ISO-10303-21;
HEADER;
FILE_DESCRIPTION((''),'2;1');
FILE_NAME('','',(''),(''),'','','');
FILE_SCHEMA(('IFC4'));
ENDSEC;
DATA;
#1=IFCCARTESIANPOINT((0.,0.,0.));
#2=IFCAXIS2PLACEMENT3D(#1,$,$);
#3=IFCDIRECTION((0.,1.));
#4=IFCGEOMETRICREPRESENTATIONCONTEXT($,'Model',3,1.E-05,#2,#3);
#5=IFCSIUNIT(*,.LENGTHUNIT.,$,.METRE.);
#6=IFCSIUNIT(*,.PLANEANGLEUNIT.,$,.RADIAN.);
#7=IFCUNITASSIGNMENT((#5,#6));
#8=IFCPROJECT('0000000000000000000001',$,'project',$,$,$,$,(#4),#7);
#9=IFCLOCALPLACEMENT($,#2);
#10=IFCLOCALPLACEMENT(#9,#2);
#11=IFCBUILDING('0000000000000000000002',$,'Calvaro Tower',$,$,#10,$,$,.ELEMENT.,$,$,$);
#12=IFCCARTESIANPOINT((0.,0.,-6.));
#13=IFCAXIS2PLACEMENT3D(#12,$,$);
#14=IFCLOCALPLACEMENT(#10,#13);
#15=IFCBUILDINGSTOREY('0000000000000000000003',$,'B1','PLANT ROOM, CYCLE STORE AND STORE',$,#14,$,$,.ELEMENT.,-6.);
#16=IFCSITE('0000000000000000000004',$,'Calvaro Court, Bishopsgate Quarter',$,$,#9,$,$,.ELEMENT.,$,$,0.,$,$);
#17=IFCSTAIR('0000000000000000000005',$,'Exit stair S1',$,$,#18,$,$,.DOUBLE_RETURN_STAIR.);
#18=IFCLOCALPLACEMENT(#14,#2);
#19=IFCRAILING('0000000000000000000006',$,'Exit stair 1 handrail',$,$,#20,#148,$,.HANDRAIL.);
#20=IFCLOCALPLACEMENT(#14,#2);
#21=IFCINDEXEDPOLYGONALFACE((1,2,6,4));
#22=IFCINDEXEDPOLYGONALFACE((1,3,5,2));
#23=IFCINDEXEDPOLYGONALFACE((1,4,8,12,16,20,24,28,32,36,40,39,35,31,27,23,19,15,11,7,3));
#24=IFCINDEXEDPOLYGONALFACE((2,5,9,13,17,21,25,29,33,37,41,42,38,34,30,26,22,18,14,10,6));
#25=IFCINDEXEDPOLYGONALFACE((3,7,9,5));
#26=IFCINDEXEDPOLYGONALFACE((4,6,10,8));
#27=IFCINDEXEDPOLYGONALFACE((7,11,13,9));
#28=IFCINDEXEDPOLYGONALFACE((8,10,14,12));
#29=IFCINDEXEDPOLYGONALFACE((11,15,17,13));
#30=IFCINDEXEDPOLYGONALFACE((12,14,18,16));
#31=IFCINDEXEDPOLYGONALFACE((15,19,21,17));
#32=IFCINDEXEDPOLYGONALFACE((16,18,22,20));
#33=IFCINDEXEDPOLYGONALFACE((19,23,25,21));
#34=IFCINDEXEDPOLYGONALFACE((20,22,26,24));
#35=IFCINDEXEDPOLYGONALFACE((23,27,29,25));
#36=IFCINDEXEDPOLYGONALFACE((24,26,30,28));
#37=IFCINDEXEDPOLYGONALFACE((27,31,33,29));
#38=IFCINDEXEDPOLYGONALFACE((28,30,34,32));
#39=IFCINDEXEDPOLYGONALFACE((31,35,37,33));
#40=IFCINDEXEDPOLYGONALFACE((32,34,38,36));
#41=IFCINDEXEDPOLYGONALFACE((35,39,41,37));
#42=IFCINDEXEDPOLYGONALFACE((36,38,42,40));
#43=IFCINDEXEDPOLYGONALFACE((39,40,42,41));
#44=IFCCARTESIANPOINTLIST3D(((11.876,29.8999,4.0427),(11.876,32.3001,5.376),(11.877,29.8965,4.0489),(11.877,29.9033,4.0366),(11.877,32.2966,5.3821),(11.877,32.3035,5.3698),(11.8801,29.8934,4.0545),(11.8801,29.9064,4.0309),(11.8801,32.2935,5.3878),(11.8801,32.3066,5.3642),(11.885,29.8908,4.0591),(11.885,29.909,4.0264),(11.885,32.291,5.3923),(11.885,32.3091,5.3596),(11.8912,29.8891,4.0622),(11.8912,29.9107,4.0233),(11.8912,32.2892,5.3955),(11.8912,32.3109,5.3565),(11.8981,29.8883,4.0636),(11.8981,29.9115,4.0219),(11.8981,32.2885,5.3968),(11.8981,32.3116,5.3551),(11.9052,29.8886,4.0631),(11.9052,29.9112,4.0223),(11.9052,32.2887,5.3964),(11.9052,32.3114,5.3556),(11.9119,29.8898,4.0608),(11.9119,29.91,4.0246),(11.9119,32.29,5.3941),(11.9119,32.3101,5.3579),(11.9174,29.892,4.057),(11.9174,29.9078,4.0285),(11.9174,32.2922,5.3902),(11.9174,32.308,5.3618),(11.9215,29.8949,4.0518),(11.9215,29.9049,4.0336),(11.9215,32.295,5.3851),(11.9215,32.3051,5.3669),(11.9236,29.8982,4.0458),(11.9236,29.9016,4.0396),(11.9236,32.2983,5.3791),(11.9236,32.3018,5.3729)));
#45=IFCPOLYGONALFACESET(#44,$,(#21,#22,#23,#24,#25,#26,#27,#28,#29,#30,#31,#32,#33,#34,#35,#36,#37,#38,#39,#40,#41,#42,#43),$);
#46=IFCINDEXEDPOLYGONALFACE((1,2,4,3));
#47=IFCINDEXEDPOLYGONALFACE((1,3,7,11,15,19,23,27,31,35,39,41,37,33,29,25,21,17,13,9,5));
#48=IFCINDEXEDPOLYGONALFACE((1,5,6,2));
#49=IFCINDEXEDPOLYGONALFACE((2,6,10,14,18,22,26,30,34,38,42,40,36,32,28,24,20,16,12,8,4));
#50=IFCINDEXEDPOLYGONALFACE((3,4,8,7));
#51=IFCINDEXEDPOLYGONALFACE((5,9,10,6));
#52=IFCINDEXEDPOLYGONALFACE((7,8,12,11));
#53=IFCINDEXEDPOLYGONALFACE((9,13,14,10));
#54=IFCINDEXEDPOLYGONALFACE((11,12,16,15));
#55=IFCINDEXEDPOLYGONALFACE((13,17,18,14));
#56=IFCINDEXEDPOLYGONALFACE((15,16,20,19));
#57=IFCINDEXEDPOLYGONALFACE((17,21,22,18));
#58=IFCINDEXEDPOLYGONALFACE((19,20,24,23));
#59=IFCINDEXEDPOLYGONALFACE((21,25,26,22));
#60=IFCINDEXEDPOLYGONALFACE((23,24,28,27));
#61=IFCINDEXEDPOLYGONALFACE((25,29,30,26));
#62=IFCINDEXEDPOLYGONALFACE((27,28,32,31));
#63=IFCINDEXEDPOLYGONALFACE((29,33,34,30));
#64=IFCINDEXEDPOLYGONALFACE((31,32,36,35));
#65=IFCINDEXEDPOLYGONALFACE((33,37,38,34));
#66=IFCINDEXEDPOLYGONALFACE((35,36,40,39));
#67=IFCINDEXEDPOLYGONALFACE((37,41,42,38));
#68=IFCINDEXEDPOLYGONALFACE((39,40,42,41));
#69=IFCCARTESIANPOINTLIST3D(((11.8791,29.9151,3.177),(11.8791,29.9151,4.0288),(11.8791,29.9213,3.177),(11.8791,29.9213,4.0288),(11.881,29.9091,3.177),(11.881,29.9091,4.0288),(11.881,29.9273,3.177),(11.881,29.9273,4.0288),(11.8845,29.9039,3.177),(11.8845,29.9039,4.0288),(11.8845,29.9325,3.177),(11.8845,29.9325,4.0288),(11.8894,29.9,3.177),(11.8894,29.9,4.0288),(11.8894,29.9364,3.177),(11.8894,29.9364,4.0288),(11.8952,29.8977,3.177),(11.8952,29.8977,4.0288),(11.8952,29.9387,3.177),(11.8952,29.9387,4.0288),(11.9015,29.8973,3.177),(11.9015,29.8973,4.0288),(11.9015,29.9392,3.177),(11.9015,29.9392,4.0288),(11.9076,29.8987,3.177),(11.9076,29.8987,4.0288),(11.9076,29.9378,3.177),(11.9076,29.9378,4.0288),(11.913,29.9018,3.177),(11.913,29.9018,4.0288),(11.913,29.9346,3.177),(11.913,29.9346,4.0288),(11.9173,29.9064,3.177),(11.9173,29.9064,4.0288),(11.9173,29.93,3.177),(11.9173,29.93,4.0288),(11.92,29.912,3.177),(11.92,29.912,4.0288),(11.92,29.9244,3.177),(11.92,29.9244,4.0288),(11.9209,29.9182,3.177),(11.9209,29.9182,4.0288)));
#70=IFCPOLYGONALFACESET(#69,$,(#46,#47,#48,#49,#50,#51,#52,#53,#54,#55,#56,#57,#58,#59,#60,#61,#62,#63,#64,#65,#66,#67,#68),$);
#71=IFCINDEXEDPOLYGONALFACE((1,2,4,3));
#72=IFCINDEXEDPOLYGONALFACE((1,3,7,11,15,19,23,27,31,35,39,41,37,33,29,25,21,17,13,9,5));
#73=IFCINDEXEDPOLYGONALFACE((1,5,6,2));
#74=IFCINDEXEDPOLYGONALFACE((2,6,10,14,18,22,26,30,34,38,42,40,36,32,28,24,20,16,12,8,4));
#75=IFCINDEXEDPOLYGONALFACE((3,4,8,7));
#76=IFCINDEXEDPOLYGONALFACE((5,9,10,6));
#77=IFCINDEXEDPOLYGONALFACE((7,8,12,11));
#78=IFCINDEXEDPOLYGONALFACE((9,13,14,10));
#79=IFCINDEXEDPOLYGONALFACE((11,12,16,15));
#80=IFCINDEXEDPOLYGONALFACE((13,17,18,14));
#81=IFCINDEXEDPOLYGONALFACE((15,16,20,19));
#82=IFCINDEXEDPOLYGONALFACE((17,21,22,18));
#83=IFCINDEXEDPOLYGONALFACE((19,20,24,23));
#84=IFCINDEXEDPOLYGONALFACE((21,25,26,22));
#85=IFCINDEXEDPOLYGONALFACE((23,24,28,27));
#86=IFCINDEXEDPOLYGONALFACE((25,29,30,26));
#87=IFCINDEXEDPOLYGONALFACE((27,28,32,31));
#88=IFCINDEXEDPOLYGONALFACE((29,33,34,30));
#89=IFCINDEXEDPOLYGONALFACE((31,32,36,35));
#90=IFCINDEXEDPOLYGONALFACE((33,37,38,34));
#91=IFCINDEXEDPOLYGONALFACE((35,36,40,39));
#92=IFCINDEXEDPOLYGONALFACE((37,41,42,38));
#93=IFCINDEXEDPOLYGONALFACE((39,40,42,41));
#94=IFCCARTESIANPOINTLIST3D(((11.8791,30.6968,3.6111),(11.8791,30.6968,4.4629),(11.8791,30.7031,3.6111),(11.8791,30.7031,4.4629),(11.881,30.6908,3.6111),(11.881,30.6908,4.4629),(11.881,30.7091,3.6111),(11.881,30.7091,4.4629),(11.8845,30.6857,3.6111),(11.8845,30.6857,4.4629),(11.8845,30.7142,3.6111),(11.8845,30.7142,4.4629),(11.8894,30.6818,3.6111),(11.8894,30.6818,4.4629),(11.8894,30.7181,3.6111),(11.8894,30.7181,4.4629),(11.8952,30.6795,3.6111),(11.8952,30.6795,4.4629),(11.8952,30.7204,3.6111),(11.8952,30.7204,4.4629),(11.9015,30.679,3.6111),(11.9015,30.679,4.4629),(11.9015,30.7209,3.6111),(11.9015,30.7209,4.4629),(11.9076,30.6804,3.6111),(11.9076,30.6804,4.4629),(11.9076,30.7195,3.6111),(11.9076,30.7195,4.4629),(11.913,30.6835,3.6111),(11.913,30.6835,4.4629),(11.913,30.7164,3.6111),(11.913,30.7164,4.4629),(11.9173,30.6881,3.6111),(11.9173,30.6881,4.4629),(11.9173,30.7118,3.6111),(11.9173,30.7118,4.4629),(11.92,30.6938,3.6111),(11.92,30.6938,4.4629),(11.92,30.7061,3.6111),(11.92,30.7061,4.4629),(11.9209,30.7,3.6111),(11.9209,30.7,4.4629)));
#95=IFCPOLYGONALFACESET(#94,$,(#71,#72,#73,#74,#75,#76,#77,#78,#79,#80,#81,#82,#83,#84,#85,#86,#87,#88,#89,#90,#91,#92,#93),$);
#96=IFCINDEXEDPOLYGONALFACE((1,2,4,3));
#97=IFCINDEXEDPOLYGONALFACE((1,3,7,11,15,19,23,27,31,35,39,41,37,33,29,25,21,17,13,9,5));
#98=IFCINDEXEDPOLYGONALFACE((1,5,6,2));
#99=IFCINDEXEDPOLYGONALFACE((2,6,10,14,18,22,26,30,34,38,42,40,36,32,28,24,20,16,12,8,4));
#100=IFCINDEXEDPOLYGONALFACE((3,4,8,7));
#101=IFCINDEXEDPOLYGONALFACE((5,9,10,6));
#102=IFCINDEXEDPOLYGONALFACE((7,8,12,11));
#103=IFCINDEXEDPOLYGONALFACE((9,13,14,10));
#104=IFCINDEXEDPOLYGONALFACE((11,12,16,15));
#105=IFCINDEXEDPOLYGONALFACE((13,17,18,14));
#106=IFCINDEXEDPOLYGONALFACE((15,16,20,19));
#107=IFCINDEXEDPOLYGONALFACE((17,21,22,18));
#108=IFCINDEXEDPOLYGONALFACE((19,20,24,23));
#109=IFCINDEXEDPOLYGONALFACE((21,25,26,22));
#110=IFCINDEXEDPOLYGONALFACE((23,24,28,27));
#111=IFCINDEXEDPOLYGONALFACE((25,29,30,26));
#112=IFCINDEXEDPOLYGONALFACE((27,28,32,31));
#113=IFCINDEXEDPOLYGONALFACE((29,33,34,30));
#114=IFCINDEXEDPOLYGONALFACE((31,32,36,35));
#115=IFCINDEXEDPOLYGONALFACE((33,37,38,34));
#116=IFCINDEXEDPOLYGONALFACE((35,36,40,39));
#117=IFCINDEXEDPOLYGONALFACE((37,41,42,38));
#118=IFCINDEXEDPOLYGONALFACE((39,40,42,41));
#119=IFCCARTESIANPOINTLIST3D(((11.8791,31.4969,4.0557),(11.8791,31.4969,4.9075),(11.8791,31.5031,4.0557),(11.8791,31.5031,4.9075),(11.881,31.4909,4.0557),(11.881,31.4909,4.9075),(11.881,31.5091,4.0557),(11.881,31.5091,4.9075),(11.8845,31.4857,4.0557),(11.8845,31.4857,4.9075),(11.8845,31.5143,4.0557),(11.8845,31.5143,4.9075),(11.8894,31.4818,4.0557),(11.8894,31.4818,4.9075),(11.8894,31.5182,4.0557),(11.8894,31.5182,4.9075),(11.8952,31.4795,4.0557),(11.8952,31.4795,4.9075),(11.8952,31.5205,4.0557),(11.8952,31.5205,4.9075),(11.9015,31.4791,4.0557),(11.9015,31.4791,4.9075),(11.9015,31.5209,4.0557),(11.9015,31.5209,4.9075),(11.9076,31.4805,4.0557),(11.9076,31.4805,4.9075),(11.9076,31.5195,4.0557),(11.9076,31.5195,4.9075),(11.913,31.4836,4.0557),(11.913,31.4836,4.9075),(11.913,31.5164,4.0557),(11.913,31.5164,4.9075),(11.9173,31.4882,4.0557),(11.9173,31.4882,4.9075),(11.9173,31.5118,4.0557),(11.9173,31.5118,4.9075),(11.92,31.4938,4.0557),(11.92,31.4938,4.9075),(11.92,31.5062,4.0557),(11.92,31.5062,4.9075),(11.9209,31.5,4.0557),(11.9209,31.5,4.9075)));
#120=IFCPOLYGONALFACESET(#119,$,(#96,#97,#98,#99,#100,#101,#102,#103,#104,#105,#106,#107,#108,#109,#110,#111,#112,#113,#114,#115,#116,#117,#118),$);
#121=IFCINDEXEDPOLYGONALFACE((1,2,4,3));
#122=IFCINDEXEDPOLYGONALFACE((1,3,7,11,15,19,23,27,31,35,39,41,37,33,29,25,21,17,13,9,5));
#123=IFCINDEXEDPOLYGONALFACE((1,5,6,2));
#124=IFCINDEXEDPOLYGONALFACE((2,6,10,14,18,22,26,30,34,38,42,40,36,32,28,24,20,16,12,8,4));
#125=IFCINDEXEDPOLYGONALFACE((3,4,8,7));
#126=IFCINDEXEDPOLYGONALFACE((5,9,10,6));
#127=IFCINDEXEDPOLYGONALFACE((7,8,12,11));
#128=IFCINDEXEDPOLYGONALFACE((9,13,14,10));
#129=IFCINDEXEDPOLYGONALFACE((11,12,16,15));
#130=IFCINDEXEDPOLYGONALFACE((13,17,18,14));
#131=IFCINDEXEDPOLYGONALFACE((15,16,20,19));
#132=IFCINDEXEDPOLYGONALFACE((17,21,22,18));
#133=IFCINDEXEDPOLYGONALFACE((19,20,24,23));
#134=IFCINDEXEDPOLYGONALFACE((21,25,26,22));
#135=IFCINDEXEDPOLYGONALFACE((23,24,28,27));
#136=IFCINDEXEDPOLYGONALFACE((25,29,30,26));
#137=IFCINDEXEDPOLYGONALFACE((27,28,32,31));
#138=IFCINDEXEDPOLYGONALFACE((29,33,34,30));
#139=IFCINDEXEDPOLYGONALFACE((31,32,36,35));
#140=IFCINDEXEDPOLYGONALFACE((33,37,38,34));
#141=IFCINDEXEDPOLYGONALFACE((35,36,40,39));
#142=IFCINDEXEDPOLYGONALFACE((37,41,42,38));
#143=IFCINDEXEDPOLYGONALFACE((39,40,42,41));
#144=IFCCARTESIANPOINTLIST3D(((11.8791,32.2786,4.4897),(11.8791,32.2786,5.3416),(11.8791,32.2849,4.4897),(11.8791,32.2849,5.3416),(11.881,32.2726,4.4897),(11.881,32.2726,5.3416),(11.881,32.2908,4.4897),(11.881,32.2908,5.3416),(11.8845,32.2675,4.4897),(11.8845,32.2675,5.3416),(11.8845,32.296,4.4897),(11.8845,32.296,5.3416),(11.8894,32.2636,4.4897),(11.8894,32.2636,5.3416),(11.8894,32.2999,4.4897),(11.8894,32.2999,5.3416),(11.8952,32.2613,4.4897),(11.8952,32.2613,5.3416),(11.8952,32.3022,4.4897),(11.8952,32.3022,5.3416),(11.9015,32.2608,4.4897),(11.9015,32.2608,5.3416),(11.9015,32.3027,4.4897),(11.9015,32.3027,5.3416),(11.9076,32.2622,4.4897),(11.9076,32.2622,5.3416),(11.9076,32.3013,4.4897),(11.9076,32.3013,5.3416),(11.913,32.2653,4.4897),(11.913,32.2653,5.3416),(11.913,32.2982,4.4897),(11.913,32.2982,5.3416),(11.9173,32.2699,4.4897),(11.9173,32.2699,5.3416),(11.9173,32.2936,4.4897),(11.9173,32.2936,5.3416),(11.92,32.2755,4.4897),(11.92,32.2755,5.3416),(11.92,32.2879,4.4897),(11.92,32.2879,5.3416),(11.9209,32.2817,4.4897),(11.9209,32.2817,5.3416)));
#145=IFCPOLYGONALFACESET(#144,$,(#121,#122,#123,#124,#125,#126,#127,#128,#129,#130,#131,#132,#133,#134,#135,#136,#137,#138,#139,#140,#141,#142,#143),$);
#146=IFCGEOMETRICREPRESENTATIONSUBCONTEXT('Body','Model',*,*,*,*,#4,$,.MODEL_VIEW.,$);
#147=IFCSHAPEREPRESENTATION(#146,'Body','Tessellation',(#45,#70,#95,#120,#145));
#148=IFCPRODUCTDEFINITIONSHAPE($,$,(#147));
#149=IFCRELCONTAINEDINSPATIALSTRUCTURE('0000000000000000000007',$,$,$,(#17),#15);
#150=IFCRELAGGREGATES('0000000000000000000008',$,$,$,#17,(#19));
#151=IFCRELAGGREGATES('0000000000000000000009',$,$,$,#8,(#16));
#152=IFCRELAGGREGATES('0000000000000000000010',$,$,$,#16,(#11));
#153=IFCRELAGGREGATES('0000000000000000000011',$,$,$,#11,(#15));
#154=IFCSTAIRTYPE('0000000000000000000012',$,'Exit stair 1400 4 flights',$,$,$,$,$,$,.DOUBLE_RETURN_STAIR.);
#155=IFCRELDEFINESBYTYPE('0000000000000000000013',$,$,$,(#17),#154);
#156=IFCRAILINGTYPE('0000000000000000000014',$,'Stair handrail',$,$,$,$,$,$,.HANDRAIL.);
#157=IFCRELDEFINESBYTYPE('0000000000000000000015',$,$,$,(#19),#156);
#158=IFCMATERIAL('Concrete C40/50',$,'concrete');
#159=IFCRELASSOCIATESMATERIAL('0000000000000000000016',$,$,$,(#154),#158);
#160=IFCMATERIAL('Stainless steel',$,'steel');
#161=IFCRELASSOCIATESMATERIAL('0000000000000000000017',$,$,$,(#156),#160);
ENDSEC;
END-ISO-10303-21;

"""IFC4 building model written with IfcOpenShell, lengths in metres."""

from ifc_helpers import new_model, si_unit, direction, frame, origin, origin_2d, place, context, subcontext, project, spatial, circle, extrude, material, type_object, element, aggregate, save


model = new_model("IFC4")

# Units and contexts
model_context = context("Model", 3, precision=1e-05, world=origin(), true_north=direction((0.0, 1.0)))
body_context = subcontext(model_context, "Body", "Model", "MODEL_VIEW")
ifc_project = project(units=[si_unit("LENGTHUNIT", "METRE"), si_unit("PLANEANGLEUNIT", "RADIAN")], contexts=[model_context])

# Site, building, storey
site_placement = place(None, origin())
site = spatial("IfcSite", under=ifc_project, at=site_placement, Name="Calvaro Court, Bishopsgate Quarter", CompositionType="ELEMENT", RefElevation=0.0)
building_placement = place(site_placement, origin())
building = spatial("IfcBuilding", under=site, at=building_placement, Name="Calvaro Tower", CompositionType="ELEMENT")
storey_placement = place(building_placement, frame((0.0, 0.0, -6.0)))
storey = spatial("IfcBuildingStorey", under=building, at=storey_placement, Name="B1", Description="PLANT ROOM, CYCLE STORE AND STORE", CompositionType="ELEMENT", Elevation=-6.0)

# Stair, railing
ifc_material_1 = material(Name="Concrete C40/50", Category="concrete")
stair_type = type_object("IfcStairType", Name="Exit stair 1400 4 flights", PredefinedType="DOUBLE_RETURN_STAIR", material=ifc_material_1)
stair_placement = place(storey_placement, origin())
stair = element("IfcStair", 1, at=stair_placement, inside=storey, type_object=stair_type, Name="Exit stair S1", PredefinedType="DOUBLE_RETURN_STAIR")
ifc_material_2 = material(Name="Stainless steel", Category="steel")
railing_type = type_object("IfcRailingType", Name="Stair handrail", PredefinedType="HANDRAIL", material=ifc_material_2)
railing_1_placement = place(storey_placement, frame((11.8999, 29.8999, 3.1667)))
railing_1 = element("IfcRailing", 2, at=railing_1_placement, type_object=railing_type, Name="Exit stair 1 handrail", PredefinedType="HANDRAIL", context=body_context, shape_type="SweptSolid", body=[
    extrude(circle(Radius=0.0239, at=origin_2d()), frame((0.0, 0.0, 0.876), z_axis=(0.0, 0.874182, 0.485598), x_axis=(-1.0, 0.0, 0.0)), (0.0, 0.0, 1.0), 2.7456),
    extrude(circle(Radius=0.021, at=origin_2d()), frame((0.0, 0.0183, 0.0103)), (0.0, 0.0, 1.0), 0.8518),
    extrude(circle(Radius=0.021, at=origin_2d()), frame((0.0, 0.8, 0.4443)), (0.0, 0.0, 1.0), 0.8518),
    extrude(circle(Radius=0.021, at=origin_2d()), frame((0.0, 1.6001, 0.8889)), (0.0, 0.0, 1.0), 0.8518),
    extrude(circle(Radius=0.021, at=origin_2d()), frame((0.0, 2.3818, 1.323)), (0.0, 0.0, 1.0), 0.8518),
])
aggregate(stair, [railing_1])

save(model, "model.ifc")
